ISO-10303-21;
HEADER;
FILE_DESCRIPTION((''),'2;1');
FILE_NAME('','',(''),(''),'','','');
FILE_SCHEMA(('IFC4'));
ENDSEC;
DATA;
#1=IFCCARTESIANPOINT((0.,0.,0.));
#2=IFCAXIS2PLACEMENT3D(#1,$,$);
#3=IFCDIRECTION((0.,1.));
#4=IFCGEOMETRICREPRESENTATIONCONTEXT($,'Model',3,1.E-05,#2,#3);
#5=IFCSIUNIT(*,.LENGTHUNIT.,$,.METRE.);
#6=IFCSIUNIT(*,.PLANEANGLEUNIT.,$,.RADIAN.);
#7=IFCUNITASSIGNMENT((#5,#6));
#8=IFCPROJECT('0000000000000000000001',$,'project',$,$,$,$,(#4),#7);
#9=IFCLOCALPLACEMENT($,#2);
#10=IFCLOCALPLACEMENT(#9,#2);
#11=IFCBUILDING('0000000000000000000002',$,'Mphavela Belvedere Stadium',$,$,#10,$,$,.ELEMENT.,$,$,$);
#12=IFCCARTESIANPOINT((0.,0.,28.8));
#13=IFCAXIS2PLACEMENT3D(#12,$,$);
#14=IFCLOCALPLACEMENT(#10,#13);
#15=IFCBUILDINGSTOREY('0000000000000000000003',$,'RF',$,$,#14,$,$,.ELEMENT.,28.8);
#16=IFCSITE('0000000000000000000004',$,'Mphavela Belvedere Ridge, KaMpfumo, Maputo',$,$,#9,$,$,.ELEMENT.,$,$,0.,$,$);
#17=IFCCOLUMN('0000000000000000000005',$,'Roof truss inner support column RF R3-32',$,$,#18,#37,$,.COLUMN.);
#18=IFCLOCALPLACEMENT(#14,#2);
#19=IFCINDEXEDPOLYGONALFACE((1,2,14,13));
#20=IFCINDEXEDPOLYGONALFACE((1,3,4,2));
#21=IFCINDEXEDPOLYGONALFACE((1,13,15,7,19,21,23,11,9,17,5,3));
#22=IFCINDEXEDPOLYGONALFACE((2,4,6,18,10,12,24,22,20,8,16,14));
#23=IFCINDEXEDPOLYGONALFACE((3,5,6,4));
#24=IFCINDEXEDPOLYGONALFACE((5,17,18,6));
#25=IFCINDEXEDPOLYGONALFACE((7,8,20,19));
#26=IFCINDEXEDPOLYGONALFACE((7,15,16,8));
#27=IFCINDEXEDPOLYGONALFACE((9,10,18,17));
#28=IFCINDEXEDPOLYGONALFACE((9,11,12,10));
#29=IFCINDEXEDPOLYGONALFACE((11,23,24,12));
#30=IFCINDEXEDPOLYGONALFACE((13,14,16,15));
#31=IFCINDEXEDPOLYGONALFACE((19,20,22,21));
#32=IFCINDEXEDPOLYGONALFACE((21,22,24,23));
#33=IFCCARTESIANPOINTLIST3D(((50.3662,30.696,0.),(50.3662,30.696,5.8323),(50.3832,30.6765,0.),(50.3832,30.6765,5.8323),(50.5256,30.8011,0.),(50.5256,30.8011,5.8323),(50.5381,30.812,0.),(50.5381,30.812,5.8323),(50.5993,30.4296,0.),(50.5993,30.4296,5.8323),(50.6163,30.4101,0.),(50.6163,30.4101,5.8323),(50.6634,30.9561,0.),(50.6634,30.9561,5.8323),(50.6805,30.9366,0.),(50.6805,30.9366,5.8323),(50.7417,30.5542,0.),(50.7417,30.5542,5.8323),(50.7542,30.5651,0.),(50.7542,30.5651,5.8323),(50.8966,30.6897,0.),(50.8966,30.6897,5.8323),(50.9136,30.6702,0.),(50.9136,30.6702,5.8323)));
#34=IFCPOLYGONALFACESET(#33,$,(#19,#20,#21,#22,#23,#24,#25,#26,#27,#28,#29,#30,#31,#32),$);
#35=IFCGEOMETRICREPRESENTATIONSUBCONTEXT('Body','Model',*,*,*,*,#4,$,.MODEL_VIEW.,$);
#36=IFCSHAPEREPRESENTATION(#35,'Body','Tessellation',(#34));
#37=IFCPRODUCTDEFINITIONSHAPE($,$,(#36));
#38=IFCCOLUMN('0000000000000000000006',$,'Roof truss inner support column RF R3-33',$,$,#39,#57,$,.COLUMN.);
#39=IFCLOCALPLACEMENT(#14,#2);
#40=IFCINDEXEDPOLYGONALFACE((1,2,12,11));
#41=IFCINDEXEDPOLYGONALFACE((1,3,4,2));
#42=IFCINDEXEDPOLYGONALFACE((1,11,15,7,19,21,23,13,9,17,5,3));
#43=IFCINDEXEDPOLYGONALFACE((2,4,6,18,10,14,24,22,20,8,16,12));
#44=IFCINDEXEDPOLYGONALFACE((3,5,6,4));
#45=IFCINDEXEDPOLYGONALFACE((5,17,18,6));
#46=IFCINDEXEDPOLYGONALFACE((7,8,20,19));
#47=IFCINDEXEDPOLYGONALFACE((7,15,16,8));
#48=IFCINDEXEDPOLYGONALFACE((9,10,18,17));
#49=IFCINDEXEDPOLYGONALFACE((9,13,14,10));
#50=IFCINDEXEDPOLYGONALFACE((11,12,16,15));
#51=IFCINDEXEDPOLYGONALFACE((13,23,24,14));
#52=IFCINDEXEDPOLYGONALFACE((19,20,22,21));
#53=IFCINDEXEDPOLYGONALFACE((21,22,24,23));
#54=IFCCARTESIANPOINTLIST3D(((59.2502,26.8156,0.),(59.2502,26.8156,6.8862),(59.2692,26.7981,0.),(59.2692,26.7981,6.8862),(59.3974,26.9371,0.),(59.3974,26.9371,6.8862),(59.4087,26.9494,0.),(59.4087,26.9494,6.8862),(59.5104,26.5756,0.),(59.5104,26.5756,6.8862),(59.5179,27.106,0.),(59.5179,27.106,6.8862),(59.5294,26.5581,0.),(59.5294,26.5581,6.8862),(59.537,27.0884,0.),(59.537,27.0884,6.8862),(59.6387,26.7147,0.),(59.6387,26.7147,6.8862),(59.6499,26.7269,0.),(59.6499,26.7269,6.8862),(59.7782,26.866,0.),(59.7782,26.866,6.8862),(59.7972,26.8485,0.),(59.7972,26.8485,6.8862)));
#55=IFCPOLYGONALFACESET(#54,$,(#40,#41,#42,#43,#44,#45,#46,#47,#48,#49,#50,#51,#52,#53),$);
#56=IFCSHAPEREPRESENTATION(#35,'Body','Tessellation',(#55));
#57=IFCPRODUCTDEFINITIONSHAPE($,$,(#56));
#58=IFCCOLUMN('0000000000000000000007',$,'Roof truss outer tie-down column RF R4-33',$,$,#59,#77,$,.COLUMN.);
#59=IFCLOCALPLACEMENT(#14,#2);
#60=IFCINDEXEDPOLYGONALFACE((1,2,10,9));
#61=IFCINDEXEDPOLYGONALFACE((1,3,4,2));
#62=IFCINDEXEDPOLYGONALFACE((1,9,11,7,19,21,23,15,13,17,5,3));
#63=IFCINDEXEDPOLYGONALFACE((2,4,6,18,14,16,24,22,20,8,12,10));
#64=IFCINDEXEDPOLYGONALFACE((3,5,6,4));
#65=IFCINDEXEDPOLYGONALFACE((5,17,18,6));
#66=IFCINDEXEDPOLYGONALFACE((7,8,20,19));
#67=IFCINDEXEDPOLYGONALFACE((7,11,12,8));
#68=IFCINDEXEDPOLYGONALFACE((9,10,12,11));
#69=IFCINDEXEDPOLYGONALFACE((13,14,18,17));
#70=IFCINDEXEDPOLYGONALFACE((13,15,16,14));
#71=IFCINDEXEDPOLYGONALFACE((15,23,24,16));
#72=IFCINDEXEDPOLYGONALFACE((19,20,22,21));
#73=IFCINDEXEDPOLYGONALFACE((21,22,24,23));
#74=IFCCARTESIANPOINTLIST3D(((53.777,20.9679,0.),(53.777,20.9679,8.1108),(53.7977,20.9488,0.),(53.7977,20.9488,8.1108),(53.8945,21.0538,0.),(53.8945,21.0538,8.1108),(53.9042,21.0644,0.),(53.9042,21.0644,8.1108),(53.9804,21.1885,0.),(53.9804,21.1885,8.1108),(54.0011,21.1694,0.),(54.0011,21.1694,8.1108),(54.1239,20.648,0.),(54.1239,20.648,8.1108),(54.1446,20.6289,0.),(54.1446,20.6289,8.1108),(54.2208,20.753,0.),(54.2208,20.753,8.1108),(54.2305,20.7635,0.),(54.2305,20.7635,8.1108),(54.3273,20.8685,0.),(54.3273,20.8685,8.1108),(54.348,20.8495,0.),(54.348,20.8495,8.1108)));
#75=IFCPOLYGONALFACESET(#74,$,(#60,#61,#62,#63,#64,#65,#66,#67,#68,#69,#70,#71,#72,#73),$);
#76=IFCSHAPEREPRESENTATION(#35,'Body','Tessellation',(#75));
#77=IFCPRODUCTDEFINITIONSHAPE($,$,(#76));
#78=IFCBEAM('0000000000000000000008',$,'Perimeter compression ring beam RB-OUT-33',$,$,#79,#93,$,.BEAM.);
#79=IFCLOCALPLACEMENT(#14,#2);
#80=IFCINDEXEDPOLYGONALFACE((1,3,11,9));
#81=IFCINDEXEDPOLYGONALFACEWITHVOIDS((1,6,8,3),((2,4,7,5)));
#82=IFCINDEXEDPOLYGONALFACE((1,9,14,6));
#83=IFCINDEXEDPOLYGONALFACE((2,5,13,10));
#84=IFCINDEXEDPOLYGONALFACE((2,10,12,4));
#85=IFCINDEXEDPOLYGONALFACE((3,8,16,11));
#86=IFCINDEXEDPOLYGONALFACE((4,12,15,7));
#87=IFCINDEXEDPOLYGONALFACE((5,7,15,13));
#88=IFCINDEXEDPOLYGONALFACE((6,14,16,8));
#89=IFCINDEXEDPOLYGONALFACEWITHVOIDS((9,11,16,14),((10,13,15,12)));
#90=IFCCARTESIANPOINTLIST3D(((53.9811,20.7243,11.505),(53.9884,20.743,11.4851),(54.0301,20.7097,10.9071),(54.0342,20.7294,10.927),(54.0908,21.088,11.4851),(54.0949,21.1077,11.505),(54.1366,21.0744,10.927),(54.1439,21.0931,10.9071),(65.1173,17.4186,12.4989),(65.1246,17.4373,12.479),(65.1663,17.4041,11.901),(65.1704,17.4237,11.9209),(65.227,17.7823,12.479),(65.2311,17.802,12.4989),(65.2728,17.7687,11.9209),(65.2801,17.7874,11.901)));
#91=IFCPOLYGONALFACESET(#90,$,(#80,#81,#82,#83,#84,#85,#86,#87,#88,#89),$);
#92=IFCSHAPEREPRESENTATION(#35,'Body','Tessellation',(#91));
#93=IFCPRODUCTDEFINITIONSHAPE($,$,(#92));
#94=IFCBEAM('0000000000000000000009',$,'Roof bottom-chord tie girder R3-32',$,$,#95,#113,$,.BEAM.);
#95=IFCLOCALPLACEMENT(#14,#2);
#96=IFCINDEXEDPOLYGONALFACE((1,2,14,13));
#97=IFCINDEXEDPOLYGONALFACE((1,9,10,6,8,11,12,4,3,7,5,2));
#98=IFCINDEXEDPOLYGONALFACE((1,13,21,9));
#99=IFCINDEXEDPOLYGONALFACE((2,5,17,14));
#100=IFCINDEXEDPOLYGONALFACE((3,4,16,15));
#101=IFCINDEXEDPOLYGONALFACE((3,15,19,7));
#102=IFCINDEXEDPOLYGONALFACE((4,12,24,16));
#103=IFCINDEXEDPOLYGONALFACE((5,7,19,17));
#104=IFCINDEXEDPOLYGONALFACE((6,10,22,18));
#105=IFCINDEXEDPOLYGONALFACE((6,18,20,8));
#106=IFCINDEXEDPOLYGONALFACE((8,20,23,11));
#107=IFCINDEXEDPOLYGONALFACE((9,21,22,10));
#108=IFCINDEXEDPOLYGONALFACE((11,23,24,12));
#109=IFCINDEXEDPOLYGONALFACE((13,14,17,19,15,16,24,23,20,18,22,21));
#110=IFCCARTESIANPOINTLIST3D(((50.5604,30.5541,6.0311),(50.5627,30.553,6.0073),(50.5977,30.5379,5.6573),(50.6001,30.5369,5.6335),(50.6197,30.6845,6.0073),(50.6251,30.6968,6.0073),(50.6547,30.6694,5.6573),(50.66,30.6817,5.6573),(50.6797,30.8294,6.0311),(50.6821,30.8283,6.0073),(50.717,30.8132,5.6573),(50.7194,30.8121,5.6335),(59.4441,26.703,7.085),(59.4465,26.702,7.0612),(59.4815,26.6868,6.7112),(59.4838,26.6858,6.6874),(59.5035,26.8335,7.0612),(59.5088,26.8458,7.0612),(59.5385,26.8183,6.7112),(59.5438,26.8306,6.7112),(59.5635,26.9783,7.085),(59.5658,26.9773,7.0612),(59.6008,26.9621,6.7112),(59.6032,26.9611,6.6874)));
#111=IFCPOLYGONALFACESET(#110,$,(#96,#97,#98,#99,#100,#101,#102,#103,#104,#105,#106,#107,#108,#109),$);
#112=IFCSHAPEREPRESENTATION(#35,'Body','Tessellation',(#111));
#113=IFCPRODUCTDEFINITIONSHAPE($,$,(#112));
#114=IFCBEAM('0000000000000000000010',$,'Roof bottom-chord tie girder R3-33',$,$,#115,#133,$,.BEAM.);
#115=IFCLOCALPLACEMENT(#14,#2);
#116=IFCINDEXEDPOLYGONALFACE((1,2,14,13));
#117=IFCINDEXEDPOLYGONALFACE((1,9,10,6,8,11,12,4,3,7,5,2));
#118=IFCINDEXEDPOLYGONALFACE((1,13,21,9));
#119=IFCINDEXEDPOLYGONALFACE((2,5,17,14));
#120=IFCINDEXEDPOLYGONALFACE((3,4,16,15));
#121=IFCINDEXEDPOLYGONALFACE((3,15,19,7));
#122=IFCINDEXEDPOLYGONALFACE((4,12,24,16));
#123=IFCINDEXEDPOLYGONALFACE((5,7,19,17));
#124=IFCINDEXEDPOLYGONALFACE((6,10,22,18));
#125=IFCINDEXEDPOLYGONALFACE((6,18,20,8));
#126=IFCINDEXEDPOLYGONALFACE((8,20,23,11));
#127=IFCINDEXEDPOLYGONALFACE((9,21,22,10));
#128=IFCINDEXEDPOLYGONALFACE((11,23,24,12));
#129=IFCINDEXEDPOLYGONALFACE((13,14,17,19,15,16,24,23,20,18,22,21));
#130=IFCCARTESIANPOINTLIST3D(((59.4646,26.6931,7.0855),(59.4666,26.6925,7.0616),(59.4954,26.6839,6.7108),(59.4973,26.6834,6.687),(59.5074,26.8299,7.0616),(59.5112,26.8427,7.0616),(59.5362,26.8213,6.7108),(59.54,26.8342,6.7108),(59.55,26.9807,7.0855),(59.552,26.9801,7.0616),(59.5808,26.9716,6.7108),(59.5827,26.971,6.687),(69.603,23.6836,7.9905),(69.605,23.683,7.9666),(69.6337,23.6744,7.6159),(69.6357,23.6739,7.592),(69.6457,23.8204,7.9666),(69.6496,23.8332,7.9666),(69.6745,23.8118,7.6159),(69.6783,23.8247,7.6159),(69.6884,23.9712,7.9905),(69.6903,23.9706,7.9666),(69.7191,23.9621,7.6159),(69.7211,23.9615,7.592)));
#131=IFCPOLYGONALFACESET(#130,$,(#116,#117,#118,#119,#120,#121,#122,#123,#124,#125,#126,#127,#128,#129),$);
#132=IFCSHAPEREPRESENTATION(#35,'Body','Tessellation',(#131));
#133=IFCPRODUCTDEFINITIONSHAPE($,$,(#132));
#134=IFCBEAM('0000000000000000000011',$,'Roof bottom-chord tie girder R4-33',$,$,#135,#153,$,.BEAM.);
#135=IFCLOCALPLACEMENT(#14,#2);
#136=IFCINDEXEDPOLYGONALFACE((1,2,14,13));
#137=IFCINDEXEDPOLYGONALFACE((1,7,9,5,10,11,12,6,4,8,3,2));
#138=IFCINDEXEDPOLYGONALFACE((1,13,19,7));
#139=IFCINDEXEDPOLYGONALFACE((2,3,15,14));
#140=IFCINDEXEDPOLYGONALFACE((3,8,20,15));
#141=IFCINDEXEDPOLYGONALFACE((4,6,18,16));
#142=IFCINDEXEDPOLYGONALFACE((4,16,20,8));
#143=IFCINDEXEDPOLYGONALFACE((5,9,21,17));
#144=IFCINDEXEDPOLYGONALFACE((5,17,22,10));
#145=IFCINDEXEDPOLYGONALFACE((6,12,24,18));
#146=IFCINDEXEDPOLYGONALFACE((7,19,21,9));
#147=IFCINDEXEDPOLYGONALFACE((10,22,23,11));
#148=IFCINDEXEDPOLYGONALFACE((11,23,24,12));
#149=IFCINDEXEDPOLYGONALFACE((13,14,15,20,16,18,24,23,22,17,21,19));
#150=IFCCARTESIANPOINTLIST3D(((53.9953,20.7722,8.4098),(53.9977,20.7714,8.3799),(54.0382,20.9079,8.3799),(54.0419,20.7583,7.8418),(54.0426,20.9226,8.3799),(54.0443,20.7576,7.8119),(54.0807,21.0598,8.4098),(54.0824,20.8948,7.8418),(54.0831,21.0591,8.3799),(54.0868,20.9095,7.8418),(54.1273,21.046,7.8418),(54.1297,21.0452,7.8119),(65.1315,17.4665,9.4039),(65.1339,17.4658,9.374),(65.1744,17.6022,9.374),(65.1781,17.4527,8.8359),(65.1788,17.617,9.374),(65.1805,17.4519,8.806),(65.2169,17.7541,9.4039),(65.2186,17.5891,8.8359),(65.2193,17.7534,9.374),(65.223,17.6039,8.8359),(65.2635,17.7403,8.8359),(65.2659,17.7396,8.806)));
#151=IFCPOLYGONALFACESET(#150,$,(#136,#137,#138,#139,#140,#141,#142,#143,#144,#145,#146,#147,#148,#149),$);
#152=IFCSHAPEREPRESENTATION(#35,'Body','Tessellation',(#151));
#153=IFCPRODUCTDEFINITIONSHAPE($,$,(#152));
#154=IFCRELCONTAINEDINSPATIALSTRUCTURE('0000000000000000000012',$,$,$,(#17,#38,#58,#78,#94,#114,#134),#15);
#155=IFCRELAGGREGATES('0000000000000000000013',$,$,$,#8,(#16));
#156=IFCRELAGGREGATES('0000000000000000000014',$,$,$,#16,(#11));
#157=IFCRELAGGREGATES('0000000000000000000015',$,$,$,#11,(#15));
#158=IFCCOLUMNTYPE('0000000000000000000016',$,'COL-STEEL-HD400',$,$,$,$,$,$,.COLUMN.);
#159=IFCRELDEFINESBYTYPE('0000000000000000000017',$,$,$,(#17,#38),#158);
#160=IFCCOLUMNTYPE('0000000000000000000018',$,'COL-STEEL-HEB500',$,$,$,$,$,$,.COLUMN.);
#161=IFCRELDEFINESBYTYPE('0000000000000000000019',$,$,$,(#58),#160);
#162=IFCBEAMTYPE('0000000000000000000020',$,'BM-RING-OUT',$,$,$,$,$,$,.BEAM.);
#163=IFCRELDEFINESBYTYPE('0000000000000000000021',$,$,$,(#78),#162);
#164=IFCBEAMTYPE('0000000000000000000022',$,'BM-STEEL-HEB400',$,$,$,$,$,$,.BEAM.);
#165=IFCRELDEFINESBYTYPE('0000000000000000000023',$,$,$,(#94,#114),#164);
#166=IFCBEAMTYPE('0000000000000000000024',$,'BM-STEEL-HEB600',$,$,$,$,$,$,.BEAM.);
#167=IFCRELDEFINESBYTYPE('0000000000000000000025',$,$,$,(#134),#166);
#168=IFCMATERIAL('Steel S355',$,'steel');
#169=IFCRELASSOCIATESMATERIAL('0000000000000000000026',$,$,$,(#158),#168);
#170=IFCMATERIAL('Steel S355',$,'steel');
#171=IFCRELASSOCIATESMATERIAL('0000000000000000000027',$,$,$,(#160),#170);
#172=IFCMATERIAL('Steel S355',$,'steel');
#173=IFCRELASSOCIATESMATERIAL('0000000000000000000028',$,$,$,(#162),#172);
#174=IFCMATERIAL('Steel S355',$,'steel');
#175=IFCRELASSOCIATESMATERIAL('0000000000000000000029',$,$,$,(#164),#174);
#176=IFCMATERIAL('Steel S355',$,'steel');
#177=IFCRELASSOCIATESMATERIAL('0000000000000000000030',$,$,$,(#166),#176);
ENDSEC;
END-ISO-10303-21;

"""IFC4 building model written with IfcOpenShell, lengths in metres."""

from ifc_helpers import new_model, si_unit, direction, frame, origin, origin_2d, place, context, subcontext, project, spatial, hollow_rectangle, i_section, extrude, material, material_profile, profile_set, type_object, element, save


model = new_model("IFC4")

# Units and contexts
model_context = context("Model", 3, precision=1e-05, world=origin(), true_north=direction((0.0, 1.0)))
body_context = subcontext(model_context, "Body", "Model", "MODEL_VIEW")
ifc_project = project(units=[si_unit("LENGTHUNIT", "METRE"), si_unit("PLANEANGLEUNIT", "RADIAN")], contexts=[model_context])

# Site, building, storey
site_placement = place(None, origin())
site = spatial("IfcSite", under=ifc_project, at=site_placement, Name="Mphavela Belvedere Ridge, KaMpfumo, Maputo", CompositionType="ELEMENT", RefElevation=0.0)
building_placement = place(site_placement, origin())
building = spatial("IfcBuilding", under=site, at=building_placement, Name="Mphavela Belvedere Stadium", CompositionType="ELEMENT")
storey_placement = place(building_placement, frame((0.0, 0.0, 28.8)))
storey = spatial("IfcBuildingStorey", under=building, at=storey_placement, Name="RF", CompositionType="ELEMENT", Elevation=28.8)

# Columns
ifc_material_1 = material(Name="Steel S355", Category="steel")
ifc_material_profile_1 = material_profile(ifc_material_1, i_section(OverallWidth=0.395, OverallDepth=0.3799, WebThickness=0.0166, FlangeThickness=0.0259, at=origin_2d()), Name="HD 400x237")
ifc_profile_set_1 = profile_set([ifc_material_profile_1], Name="Steel S355")
column_type_1 = type_object("IfcColumnType", Name="COL-STEEL-HD400", PredefinedType="COLUMN", material=ifc_profile_set_1)
column_1_placement = place(storey_placement, frame((50.6399, 30.6831, 0.0), z_axis=(0.0, 0.0, 1.0), x_axis=(-0.75253, -0.658558, 0.0)))
element("IfcColumn", 1, at=column_1_placement, inside=storey, type_object=column_type_1, Name="Roof truss inner support column RF R3-32", PredefinedType="COLUMN", context=body_context, shape_type="SweptSolid", body=[
    extrude(i_section(OverallWidth=0.395, OverallDepth=0.3799, WebThickness=0.0166, FlangeThickness=0.0259, at=origin_2d()), origin(), (0.0, 0.0, 1.0), 5.8323),
])
column_2_placement = place(storey_placement, frame((59.5237, 26.832, 0.0), z_axis=(0.0, 0.0, 1.0), x_axis=(-0.677903, -0.735151, 0.0)))
element("IfcColumn", 2, at=column_2_placement, inside=storey, type_object=column_type_1, Name="Roof truss inner support column RF R3-33", PredefinedType="COLUMN", context=body_context, shape_type="SweptSolid", body=[
    extrude(i_section(OverallWidth=0.395, OverallDepth=0.3799, WebThickness=0.0166, FlangeThickness=0.0259, at=origin_2d()), origin(), (0.0, 0.0, 1.0), 6.8862),
])
ifc_material_2 = material(Name="Steel S355", Category="steel")
ifc_material_profile_2 = material_profile(ifc_material_2, i_section(OverallWidth=0.3, OverallDepth=0.5, WebThickness=0.0144, FlangeThickness=0.0281, at=origin_2d()), Name="HEB 500")
ifc_profile_set_2 = profile_set([ifc_material_profile_2], Name="Steel S355")
column_type_2 = type_object("IfcColumnType", Name="COL-STEEL-HEB500", PredefinedType="COLUMN", material=ifc_profile_set_2)
column_3_placement = place(storey_placement, frame((54.0625, 20.9087, 0.0), z_axis=(0.0, 0.0, 1.0), x_axis=(-0.677903, -0.735151, 0.0)))
element("IfcColumn", 3, at=column_3_placement, inside=storey, type_object=column_type_2, Name="Roof truss outer tie-down column RF R4-33", PredefinedType="COLUMN", context=body_context, shape_type="SweptSolid", body=[
    extrude(i_section(OverallWidth=0.3, OverallDepth=0.5, WebThickness=0.0144, FlangeThickness=0.0281, at=origin_2d()), origin(), (0.0, 0.0, 1.0), 8.1108),
])

# Beams
ifc_material_3 = material(Name="Steel S355", Category="steel")
ifc_material_profile_3 = material_profile(ifc_material_3, hollow_rectangle(XDim=0.3999, YDim=0.6001, WallThickness=0.02, at=origin_2d()), Name="RHS 600x400x20")
ifc_profile_set_3 = profile_set([ifc_material_profile_3], Name="Steel S355")
beam_type_1 = type_object("IfcBeamType", Name="BM-RING-OUT", PredefinedType="BEAM", material=ifc_profile_set_3)
beam_1_placement = place(storey_placement, frame((54.0625, 20.9087, 11.2061), z_axis=(0.955167, -0.28353, 0.085248), x_axis=(0.284566, 0.958656, 0.0)))
element("IfcBeam", 4, at=beam_1_placement, inside=storey, type_object=beam_type_1, Name="Perimeter compression ring beam RB-OUT-33", PredefinedType="BEAM", context=body_context, shape_type="SweptSolid", body=[
    extrude(hollow_rectangle(XDim=0.3999, YDim=0.6001, WallThickness=0.02, at=origin_2d()), origin(), (0.0, 0.0, 1.0), 11.6589),
])
ifc_material_4 = material(Name="Steel S355", Category="steel")
ifc_material_profile_4 = material_profile(ifc_material_4, i_section(OverallWidth=0.3, OverallDepth=0.3999, WebThickness=0.0134, FlangeThickness=0.0239, at=origin_2d()), Name="HEB 400")
ifc_profile_set_4 = profile_set([ifc_material_profile_4], Name="Steel S355")
beam_type_2 = type_object("IfcBeamType", Name="BM-STEEL-HEB400", PredefinedType="BEAM", material=ifc_profile_set_4)
beam_2_placement = place(storey_placement, frame((50.6399, 30.6831, 5.8323), z_axis=(0.912114, -0.395396, 0.108211), x_axis=(0.397732, 0.917502, 0.0)))
element("IfcBeam", 5, at=beam_2_placement, inside=storey, type_object=beam_type_2, Name="Roof bottom-chord tie girder R3-32", PredefinedType="BEAM", context=body_context, shape_type="SweptSolid", body=[
    extrude(i_section(OverallWidth=0.3, OverallDepth=0.3999, WebThickness=0.0134, FlangeThickness=0.0239, at=origin_2d()), origin(), (0.0, 0.0, 1.0), 9.7397),
])
beam_3_placement = place(storey_placement, frame((59.5237, 26.832, 6.8862), z_axis=(0.955164, -0.283534, 0.085265), x_axis=(0.28457, 0.958655, 0.0)))
element("IfcBeam", 6, at=beam_3_placement, inside=storey, type_object=beam_type_2, Name="Roof bottom-chord tie girder R3-33", PredefinedType="BEAM", context=body_context, shape_type="SweptSolid", body=[
    extrude(i_section(OverallWidth=0.3, OverallDepth=0.3999, WebThickness=0.0134, FlangeThickness=0.0239, at=origin_2d()), origin(), (0.0, 0.0, 1.0), 10.6143),
])
ifc_material_5 = material(Name="Steel S355", Category="steel")
ifc_material_profile_5 = material_profile(ifc_material_5, i_section(OverallWidth=0.3, OverallDepth=0.6001, WebThickness=0.0154, FlangeThickness=0.03, at=origin_2d()), Name="HEB 600")
ifc_profile_set_5 = profile_set([ifc_material_profile_5], Name="Steel S355")
beam_type_3 = type_object("IfcBeamType", Name="BM-STEEL-HEB600", PredefinedType="BEAM", material=ifc_profile_set_5)
beam_4_placement = place(storey_placement, frame((54.0625, 20.9087, 8.1108), z_axis=(0.955165, -0.28353, 0.085268), x_axis=(0.284566, 0.958656, 0.0)))
element("IfcBeam", 7, at=beam_4_placement, inside=storey, type_object=beam_type_3, Name="Roof bottom-chord tie girder R4-33", PredefinedType="BEAM", context=body_context, shape_type="SweptSolid", body=[
    extrude(i_section(OverallWidth=0.3, OverallDepth=0.6001, WebThickness=0.0154, FlangeThickness=0.03, at=origin_2d()), origin(), (0.0, 0.0, 1.0), 11.6589),
])

save(model, "model.ifc")
